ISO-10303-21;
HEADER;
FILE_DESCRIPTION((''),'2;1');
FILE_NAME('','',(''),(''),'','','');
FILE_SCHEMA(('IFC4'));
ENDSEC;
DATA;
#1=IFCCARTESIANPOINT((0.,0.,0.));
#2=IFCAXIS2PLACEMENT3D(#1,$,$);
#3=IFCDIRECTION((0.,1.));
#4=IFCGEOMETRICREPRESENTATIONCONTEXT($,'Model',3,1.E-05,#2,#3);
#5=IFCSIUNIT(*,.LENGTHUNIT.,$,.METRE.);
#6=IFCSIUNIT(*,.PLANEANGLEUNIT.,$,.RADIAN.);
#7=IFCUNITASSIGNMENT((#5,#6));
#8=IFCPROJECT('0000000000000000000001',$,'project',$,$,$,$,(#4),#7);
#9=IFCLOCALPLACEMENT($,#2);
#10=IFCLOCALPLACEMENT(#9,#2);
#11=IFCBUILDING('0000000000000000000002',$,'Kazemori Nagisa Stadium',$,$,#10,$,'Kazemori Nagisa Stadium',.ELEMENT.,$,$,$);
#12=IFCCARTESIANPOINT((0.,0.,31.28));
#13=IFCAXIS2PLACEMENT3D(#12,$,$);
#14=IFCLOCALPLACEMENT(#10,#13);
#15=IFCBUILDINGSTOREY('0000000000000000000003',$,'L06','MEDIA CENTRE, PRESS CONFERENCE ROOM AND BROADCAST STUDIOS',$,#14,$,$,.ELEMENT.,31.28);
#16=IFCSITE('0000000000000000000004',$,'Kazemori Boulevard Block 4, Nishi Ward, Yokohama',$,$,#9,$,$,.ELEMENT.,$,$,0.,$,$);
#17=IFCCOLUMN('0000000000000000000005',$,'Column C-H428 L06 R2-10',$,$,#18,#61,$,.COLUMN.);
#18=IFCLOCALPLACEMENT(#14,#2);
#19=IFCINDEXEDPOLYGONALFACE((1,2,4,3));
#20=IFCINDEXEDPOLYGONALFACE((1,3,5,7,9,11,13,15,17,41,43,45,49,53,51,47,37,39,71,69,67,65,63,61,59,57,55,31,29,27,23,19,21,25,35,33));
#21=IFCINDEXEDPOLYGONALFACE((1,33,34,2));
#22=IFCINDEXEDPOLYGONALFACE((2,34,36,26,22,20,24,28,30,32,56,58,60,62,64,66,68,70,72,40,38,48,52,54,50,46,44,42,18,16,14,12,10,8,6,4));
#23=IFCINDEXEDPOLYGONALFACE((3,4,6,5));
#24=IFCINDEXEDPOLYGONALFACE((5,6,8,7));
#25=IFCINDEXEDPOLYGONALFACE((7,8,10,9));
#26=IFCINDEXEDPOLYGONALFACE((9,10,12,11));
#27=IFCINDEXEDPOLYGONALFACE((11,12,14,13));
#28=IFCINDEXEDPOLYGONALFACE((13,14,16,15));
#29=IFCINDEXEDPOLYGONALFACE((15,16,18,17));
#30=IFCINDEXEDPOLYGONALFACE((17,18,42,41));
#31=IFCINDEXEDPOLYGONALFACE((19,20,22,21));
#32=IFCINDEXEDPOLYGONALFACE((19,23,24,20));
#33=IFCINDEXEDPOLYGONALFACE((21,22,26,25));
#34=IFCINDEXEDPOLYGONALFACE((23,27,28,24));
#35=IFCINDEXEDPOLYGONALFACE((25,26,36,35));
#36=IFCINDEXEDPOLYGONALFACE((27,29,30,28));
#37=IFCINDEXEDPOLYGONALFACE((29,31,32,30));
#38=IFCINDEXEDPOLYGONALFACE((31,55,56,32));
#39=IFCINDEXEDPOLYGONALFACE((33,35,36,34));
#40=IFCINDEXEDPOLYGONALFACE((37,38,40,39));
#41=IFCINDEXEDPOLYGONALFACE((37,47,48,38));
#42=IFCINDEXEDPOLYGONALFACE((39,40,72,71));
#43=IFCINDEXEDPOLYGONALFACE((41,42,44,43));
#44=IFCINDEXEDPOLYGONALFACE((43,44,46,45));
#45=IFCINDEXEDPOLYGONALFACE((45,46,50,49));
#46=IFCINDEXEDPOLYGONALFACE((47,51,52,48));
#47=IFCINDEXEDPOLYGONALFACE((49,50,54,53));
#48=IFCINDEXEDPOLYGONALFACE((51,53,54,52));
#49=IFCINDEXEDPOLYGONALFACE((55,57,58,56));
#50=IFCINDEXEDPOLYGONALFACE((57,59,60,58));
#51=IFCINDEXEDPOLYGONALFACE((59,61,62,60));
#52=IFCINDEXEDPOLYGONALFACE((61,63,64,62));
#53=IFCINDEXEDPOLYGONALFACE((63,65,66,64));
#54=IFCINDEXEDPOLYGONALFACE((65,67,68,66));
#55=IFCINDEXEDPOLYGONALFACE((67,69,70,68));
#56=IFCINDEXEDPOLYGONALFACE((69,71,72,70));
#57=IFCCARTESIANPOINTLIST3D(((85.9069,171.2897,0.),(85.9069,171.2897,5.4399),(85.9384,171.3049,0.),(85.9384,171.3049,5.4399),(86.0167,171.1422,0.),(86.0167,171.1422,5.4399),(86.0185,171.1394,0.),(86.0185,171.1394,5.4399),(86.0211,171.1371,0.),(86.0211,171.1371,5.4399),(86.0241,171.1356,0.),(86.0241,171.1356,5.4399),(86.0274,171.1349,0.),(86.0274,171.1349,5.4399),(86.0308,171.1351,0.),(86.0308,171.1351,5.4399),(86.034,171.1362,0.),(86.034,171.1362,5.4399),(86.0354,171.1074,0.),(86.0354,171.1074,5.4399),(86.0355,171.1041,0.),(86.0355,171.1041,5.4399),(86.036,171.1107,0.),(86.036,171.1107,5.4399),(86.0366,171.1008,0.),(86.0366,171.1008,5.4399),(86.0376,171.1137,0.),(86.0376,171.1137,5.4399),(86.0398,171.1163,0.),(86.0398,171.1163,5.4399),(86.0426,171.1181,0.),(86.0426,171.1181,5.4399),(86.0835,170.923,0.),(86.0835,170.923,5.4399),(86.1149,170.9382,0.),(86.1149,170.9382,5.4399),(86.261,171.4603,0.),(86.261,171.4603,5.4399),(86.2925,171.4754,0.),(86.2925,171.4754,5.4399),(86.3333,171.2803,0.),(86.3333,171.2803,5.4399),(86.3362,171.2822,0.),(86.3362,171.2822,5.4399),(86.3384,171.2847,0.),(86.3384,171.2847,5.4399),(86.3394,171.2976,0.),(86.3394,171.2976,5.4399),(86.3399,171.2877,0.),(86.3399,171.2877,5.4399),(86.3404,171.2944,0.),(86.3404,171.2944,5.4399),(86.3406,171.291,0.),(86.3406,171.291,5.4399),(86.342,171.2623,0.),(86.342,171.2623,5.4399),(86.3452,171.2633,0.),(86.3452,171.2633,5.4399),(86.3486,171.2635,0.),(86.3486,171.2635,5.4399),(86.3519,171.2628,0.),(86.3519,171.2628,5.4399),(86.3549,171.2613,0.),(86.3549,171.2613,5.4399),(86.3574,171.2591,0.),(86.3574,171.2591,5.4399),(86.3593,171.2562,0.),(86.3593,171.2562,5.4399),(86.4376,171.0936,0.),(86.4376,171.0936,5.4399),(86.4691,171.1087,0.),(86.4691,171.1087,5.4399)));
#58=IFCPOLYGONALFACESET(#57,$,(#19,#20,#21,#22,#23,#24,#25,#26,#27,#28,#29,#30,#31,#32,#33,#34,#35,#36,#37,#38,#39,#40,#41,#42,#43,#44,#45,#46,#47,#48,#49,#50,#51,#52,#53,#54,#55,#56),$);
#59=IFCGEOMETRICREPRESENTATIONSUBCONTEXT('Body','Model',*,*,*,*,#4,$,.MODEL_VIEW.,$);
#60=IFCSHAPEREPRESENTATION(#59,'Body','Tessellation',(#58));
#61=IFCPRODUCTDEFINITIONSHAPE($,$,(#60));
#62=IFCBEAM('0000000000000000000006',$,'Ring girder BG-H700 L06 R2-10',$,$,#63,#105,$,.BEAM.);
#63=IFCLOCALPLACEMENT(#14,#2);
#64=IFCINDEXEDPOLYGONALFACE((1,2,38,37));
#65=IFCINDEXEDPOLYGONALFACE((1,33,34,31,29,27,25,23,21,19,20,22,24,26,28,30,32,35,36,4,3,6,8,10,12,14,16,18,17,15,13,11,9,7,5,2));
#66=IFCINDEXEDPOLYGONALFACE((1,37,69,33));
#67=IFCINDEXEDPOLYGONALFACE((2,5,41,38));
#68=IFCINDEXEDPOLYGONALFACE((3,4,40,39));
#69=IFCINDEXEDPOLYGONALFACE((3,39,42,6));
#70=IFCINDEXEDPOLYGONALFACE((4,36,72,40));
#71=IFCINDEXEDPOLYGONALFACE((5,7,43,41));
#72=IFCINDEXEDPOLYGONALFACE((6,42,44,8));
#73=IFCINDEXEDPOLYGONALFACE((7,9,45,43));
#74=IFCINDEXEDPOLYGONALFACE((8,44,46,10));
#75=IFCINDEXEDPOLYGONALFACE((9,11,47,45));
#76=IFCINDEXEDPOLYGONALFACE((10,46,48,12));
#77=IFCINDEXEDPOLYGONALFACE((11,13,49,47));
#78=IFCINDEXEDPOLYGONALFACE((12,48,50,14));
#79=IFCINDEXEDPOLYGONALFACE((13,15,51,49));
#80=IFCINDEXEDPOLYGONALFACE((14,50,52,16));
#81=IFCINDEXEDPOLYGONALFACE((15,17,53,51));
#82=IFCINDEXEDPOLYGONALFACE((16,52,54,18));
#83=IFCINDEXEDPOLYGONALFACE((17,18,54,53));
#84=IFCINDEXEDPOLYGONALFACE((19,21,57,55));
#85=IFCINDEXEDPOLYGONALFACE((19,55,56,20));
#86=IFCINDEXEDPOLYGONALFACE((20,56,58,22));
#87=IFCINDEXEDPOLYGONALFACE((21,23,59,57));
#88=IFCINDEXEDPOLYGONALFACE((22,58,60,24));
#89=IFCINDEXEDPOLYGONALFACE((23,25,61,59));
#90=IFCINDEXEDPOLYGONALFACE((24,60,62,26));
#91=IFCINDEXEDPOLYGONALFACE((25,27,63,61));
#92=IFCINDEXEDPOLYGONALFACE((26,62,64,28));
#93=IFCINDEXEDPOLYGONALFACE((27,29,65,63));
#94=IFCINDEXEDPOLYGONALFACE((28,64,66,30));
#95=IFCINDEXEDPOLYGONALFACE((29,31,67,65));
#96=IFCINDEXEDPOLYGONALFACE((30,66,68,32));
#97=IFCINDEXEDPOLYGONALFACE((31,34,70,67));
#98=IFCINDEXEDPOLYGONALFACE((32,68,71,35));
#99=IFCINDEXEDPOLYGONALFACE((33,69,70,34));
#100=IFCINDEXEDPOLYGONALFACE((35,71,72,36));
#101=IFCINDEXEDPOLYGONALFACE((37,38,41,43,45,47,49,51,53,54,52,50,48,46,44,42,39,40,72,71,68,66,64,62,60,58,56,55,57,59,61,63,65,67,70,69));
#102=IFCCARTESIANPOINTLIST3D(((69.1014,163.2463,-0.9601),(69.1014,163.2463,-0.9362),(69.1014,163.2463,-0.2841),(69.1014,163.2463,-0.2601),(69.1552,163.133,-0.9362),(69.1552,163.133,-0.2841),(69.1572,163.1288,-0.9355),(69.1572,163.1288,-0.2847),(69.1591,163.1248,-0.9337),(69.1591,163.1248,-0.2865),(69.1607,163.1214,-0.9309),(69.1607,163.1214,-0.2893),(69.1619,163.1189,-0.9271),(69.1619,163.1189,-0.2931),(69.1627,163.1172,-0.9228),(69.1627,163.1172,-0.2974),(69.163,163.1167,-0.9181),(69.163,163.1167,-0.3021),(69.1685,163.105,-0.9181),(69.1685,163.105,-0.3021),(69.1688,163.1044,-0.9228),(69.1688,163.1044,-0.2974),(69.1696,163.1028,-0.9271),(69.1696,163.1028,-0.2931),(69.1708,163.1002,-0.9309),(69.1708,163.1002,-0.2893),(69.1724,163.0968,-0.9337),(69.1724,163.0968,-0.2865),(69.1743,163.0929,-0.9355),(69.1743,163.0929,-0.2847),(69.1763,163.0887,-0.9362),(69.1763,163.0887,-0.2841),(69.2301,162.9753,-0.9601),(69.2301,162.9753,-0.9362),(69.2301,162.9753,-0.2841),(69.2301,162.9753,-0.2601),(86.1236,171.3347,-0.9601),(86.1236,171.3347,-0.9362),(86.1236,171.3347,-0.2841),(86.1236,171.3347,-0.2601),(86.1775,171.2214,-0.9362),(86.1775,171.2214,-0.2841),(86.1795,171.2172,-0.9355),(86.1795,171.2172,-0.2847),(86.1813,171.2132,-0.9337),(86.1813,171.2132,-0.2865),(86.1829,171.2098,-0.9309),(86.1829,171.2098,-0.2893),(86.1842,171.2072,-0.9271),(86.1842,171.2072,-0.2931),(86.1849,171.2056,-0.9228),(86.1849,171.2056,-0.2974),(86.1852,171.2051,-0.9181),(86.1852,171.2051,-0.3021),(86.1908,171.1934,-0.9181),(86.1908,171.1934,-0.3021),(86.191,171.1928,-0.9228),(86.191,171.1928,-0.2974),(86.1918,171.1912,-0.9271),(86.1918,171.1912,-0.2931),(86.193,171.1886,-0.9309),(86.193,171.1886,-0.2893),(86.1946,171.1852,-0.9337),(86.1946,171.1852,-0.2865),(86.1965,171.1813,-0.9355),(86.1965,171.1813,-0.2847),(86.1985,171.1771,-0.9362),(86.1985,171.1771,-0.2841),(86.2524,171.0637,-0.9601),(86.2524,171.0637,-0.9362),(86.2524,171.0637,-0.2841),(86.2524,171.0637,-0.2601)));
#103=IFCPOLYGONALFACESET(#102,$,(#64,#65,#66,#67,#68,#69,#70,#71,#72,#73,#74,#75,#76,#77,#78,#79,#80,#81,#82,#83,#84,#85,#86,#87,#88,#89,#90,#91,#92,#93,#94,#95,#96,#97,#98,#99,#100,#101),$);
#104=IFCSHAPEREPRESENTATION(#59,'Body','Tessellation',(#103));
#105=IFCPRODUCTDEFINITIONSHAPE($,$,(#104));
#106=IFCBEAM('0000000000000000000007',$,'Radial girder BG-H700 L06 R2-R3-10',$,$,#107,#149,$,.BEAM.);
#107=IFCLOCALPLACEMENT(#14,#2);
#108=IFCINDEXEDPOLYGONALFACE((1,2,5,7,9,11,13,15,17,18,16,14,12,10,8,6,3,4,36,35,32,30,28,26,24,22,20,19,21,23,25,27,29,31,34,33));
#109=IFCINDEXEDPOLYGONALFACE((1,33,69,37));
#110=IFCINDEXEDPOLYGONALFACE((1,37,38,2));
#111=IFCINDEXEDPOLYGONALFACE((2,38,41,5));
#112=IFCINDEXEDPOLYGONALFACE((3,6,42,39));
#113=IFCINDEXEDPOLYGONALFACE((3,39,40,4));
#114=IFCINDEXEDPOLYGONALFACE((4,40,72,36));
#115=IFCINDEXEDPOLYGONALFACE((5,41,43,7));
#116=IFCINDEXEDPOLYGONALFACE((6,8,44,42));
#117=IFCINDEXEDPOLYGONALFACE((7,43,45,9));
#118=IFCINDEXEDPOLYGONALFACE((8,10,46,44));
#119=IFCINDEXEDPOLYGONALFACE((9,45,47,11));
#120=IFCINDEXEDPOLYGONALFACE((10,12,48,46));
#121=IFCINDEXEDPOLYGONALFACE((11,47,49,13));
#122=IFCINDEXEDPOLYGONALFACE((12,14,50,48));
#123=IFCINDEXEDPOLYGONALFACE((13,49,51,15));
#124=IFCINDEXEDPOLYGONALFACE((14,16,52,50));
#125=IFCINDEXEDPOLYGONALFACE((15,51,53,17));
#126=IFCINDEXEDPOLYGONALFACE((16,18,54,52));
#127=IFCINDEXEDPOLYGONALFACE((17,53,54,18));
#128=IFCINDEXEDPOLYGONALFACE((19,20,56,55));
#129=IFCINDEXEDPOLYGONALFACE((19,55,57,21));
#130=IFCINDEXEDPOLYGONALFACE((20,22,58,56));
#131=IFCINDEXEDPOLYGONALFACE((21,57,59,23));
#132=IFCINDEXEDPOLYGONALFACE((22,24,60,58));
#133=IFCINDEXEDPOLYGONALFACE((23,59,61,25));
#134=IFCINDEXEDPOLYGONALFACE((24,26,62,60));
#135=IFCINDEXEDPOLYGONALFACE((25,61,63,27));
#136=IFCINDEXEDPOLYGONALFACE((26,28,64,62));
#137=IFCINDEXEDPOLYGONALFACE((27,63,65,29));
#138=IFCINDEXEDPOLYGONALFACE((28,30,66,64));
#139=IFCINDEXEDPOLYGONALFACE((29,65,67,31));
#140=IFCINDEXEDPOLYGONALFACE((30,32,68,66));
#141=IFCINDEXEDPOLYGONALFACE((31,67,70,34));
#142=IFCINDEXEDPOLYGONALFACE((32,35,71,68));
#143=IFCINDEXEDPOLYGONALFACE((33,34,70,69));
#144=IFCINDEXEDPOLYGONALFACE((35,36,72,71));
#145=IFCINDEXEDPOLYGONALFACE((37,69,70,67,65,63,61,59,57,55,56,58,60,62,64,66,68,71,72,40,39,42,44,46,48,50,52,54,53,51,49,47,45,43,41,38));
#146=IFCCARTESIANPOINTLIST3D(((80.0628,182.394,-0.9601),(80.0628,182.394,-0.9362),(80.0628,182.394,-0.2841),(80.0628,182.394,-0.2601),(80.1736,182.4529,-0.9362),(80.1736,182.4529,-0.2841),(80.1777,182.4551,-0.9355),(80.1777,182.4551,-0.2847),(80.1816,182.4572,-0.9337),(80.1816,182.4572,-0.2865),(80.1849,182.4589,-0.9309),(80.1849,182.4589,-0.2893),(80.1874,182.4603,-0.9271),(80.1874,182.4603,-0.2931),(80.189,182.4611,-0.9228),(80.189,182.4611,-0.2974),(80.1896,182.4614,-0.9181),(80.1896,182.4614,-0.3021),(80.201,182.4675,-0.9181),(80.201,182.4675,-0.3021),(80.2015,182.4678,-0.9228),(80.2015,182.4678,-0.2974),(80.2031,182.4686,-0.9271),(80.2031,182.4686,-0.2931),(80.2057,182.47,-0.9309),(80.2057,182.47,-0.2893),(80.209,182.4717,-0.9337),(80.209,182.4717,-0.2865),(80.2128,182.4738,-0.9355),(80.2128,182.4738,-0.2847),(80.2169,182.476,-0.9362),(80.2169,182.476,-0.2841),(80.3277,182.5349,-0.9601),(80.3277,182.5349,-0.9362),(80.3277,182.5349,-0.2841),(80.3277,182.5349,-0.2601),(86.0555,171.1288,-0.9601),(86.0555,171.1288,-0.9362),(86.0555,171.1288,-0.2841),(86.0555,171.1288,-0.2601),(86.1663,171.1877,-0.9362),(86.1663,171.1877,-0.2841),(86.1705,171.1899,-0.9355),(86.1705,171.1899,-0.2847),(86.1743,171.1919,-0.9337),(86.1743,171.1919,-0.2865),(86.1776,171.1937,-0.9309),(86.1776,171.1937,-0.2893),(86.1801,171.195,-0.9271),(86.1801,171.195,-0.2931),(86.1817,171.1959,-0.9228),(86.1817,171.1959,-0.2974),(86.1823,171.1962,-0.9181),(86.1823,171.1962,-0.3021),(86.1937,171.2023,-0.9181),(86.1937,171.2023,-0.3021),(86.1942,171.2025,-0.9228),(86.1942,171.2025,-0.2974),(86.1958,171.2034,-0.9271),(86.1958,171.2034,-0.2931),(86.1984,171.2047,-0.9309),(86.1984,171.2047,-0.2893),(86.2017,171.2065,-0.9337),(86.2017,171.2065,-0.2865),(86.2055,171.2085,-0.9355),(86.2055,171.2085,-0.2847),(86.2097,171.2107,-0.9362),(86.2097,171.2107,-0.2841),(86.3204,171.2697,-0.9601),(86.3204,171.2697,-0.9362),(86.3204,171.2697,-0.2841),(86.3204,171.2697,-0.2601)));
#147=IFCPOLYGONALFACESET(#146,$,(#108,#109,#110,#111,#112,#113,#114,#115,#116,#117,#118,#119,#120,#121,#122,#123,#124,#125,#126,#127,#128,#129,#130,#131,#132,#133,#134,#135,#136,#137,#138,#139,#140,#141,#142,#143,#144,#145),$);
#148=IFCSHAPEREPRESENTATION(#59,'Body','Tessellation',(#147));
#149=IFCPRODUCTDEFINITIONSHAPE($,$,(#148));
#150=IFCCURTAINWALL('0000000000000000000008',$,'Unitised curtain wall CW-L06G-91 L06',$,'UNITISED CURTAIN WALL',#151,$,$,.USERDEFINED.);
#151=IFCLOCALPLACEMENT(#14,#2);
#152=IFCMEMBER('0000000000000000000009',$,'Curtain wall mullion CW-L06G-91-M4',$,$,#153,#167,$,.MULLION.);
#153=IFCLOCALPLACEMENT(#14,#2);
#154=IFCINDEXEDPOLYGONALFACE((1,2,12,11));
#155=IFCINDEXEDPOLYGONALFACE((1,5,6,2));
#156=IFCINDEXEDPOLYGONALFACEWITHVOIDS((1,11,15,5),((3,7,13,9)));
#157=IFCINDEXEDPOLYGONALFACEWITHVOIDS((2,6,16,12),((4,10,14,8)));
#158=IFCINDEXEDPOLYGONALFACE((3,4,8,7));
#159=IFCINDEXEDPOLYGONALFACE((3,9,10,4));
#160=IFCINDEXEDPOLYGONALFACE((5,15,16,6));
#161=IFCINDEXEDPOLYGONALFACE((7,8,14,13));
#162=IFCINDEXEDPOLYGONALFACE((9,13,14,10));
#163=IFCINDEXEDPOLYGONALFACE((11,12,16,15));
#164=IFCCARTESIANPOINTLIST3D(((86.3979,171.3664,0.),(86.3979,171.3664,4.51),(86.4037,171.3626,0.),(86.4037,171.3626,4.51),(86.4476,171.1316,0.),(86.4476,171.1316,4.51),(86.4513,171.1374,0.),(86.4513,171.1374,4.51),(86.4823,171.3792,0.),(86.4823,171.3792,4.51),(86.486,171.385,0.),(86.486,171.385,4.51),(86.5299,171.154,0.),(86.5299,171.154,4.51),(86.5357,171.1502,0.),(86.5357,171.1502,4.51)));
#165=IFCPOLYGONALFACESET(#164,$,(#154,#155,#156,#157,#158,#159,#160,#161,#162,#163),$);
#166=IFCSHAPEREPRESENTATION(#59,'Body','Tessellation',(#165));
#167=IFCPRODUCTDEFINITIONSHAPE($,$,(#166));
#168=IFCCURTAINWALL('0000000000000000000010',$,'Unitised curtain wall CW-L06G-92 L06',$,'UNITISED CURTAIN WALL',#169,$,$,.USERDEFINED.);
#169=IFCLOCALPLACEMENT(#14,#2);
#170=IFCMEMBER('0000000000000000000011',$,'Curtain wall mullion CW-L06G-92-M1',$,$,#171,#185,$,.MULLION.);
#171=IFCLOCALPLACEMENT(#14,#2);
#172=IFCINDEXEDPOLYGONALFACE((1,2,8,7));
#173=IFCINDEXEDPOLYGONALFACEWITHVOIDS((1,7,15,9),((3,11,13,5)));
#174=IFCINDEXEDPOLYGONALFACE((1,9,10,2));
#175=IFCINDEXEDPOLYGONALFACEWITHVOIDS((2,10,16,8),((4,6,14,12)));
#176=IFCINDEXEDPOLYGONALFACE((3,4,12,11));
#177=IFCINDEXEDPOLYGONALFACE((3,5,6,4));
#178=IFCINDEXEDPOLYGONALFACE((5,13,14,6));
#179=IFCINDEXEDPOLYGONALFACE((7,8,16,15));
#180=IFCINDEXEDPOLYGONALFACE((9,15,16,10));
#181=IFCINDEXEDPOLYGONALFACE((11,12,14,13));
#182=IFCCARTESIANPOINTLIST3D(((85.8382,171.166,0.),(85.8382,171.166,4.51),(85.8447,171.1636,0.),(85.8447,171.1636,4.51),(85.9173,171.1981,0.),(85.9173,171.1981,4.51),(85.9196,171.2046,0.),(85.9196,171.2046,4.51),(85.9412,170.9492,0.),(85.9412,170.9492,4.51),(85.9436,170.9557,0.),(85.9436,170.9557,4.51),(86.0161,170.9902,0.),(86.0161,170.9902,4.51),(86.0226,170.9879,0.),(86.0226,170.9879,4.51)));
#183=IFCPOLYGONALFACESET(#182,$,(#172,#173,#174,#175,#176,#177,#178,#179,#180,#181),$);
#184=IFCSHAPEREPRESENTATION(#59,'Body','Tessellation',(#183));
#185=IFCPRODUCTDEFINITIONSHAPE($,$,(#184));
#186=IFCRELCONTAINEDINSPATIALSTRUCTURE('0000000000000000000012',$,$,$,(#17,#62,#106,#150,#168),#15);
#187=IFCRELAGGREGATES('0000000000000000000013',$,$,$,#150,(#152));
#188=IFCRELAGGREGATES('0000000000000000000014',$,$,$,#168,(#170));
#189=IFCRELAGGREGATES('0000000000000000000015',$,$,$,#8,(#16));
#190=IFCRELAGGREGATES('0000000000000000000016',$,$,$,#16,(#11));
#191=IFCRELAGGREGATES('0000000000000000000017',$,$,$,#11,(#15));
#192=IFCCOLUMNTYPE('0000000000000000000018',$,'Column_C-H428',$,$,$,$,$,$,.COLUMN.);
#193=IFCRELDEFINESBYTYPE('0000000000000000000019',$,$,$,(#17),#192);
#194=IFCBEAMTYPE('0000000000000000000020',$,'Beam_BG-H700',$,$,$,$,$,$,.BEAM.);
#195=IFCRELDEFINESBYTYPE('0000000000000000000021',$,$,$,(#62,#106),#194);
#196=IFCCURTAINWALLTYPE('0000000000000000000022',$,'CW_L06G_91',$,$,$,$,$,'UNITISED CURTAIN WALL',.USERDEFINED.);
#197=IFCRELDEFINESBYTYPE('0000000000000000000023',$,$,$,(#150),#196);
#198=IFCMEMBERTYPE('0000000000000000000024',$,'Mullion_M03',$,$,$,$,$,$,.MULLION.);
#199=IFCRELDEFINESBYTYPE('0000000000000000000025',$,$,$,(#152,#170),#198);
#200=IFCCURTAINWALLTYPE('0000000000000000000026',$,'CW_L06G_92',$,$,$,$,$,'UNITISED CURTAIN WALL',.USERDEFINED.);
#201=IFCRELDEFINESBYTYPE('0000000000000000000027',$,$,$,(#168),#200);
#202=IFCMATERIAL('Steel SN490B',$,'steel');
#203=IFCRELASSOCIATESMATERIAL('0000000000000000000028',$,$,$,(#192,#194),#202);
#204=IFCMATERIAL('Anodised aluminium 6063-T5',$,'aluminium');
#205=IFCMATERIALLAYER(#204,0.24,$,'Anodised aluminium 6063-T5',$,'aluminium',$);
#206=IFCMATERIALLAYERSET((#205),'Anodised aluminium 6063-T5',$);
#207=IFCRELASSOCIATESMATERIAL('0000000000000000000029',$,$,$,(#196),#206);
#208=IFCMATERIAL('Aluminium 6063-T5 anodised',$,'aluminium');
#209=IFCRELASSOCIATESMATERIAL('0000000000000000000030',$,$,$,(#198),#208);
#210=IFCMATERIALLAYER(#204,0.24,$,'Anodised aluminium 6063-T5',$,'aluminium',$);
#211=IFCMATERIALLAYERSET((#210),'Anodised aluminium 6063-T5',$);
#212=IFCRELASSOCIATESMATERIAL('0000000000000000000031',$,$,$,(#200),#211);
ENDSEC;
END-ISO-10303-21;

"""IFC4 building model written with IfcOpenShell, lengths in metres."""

from ifc_helpers import new_model, si_unit, direction, frame, origin, origin_2d, place, context, subcontext, project, spatial, hollow_rectangle, i_section, extrude, material, layer, layer_set, material_profile, profile_set, type_object, element, aggregate, save


model = new_model("IFC4")

# Units and contexts
model_context = context("Model", 3, precision=1e-05, world=origin(), true_north=direction((0.0, 1.0)))
body_context = subcontext(model_context, "Body", "Model", "MODEL_VIEW")
ifc_project = project(units=[si_unit("LENGTHUNIT", "METRE"), si_unit("PLANEANGLEUNIT", "RADIAN")], contexts=[model_context])

# Site, building, storey
site_placement = place(None, origin())
site = spatial("IfcSite", under=ifc_project, at=site_placement, Name="Kazemori Boulevard Block 4, Nishi Ward, Yokohama", CompositionType="ELEMENT", RefElevation=0.0)
building_placement = place(site_placement, origin())
building = spatial("IfcBuilding", under=site, at=building_placement, Name="Kazemori Nagisa Stadium", LongName="Kazemori Nagisa Stadium", CompositionType="ELEMENT")
storey_placement = place(building_placement, frame((0.0, 0.0, 31.28)))
storey = spatial("IfcBuildingStorey", under=building, at=storey_placement, Name="L06", Description="MEDIA CENTRE, PRESS CONFERENCE ROOM AND BROADCAST STUDIOS", CompositionType="ELEMENT", Elevation=31.28)

# Column
ifc_material_1 = material(Name="Steel SN490B", Category="steel")
ifc_material_profile_1 = material_profile(ifc_material_1, i_section(OverallWidth=0.407, OverallDepth=0.428, WebThickness=0.02, FlangeThickness=0.0349, FilletRadius=0.0129, at=origin_2d()), Name="H-428x407x20x35")
ifc_profile_set_1 = profile_set([ifc_material_profile_1], Name="Steel SN490B")
column_type = type_object("IfcColumnType", Name="Column_C-H428", PredefinedType="COLUMN", material=ifc_profile_set_1)
column_placement = place(storey_placement, frame((86.188, 171.1992, 0.0), z_axis=(0.0, 0.0, 1.0), x_axis=(-0.433884, 0.900969, 0.0)))
element("IfcColumn", 1, at=column_placement, inside=storey, type_object=column_type, Name="Column C-H428 L06 R2-10", PredefinedType="COLUMN", context=body_context, shape_type="SweptSolid", body=[
    extrude(i_section(OverallWidth=0.407, OverallDepth=0.428, WebThickness=0.02, FlangeThickness=0.0349, FilletRadius=0.0129, at=origin_2d()), origin(), (0.0, 0.0, 1.0), 5.4399),
])

# Beams
ifc_material_profile_2 = material_profile(ifc_material_1, i_section(OverallWidth=0.3, OverallDepth=0.7, WebThickness=0.0129, FlangeThickness=0.0239, FilletRadius=0.0181, at=origin_2d()), Name="H-700x300x13x24")
ifc_profile_set_2 = profile_set([ifc_material_profile_2], Name="Steel SN490B")
beam_type = type_object("IfcBeamType", Name="Beam_BG-H700", PredefinedType="BEAM", material=ifc_profile_set_2)
beam_1_placement = place(storey_placement, frame((86.188, 171.1992, -0.6101), z_axis=(-0.903219, -0.429179, 0.0), x_axis=(0.429179, -0.903219, 0.0)))
element("IfcBeam", 2, at=beam_1_placement, inside=storey, type_object=beam_type, Name="Ring girder BG-H700 L06 R2-10", PredefinedType="BEAM", context=body_context, shape_type="SweptSolid", body=[
    extrude(i_section(OverallWidth=0.3, OverallDepth=0.7, WebThickness=0.0129, FlangeThickness=0.0239, FilletRadius=0.0181, at=origin_2d()), origin(), (0.0, 0.0, 1.0), 18.8462),
])
beam_2_placement = place(storey_placement, frame((86.188, 171.1992, -0.6101), z_axis=(-0.469649, 0.882853, 0.0), x_axis=(-0.882853, -0.469649, 0.0)))
element("IfcBeam", 3, at=beam_2_placement, inside=storey, type_object=beam_type, Name="Radial girder BG-H700 L06 R2-R3-10", PredefinedType="BEAM", context=body_context, shape_type="SweptSolid", body=[
    extrude(i_section(OverallWidth=0.3, OverallDepth=0.7, WebThickness=0.0129, FlangeThickness=0.0239, FilletRadius=0.0181, at=origin_2d()), origin(), (0.0, 0.0, 1.0), 12.76),
])

# Curtain wall, member
ifc_material_2 = material(Name="Anodised aluminium 6063-T5", Category="aluminium")
ifc_layer_1 = layer(ifc_material_2, 0.24, Name="Anodised aluminium 6063-T5", Category="aluminium")
ifc_layer_set_1 = layer_set([ifc_layer_1], Name="Anodised aluminium 6063-T5")
curtain_wall_type_1 = type_object("IfcCurtainWallType", Name="CW_L06G_91", ElementType="UNITISED CURTAIN WALL", PredefinedType="USERDEFINED", material=ifc_layer_set_1)
curtain_wall_1_placement = place(storey_placement, origin())
curtain_wall_1 = element("IfcCurtainWall", 4, at=curtain_wall_1_placement, inside=storey, type_object=curtain_wall_type_1, Name="Unitised curtain wall CW-L06G-91 L06", ObjectType="UNITISED CURTAIN WALL", PredefinedType="USERDEFINED")
ifc_material_3 = material(Name="Aluminium 6063-T5 anodised", Category="aluminium")
ifc_material_profile_3 = material_profile(ifc_material_3, hollow_rectangle(XDim=0.0901, YDim=0.24, WallThickness=0.0049, at=origin_2d()), Name="ALU-MULL-90x240x5")
ifc_profile_set_3 = profile_set([ifc_material_profile_3], Name="Aluminium 6063-T5 anodised")
member_type_1 = type_object("IfcMemberType", Name="Mullion_M03", PredefinedType="MULLION", material=ifc_profile_set_3)
member_1_placement = place(storey_placement, frame((86.4668, 171.2583, 0.0), z_axis=(0.0, 0.0, 1.0), x_axis=(-0.978345, -0.206981, 0.0)))
member_1 = element("IfcMember", 5, at=member_1_placement, type_object=member_type_1, Name="Curtain wall mullion CW-L06G-91-M4", PredefinedType="MULLION", context=body_context, shape_type="SweptSolid", body=[
    extrude(hollow_rectangle(XDim=0.0901, YDim=0.24, WallThickness=0.0049, at=origin_2d()), origin(), (0.0, 0.0, 1.0), 4.51),
])

# Curtain wall, member
ifc_layer_2 = layer(ifc_material_2, 0.24, Name="Anodised aluminium 6063-T5", Category="aluminium")
ifc_layer_set_2 = layer_set([ifc_layer_2], Name="Anodised aluminium 6063-T5")
curtain_wall_type_2 = type_object("IfcCurtainWallType", Name="CW_L06G_92", ElementType="UNITISED CURTAIN WALL", PredefinedType="USERDEFINED", material=ifc_layer_set_2)
curtain_wall_2_placement = place(storey_placement, origin())
curtain_wall_2 = element("IfcCurtainWall", 6, at=curtain_wall_2_placement, inside=storey, type_object=curtain_wall_type_2, Name="Unitised curtain wall CW-L06G-92 L06", ObjectType="UNITISED CURTAIN WALL", PredefinedType="USERDEFINED")
member_2_placement = place(storey_placement, frame((85.9304, 171.0769, 0.0), z_axis=(0.0, 0.0, 1.0), x_axis=(-0.903216, -0.429186, 0.0)))
member_2 = element("IfcMember", 7, at=member_2_placement, type_object=member_type_1, Name="Curtain wall mullion CW-L06G-92-M1", PredefinedType="MULLION", context=body_context, shape_type="SweptSolid", body=[
    extrude(hollow_rectangle(XDim=0.0901, YDim=0.24, WallThickness=0.0049, at=origin_2d()), origin(), (0.0, 0.0, 1.0), 4.51),
])

aggregate(curtain_wall_1, [member_1])
aggregate(curtain_wall_2, [member_2])

save(model, "model.ifc")
